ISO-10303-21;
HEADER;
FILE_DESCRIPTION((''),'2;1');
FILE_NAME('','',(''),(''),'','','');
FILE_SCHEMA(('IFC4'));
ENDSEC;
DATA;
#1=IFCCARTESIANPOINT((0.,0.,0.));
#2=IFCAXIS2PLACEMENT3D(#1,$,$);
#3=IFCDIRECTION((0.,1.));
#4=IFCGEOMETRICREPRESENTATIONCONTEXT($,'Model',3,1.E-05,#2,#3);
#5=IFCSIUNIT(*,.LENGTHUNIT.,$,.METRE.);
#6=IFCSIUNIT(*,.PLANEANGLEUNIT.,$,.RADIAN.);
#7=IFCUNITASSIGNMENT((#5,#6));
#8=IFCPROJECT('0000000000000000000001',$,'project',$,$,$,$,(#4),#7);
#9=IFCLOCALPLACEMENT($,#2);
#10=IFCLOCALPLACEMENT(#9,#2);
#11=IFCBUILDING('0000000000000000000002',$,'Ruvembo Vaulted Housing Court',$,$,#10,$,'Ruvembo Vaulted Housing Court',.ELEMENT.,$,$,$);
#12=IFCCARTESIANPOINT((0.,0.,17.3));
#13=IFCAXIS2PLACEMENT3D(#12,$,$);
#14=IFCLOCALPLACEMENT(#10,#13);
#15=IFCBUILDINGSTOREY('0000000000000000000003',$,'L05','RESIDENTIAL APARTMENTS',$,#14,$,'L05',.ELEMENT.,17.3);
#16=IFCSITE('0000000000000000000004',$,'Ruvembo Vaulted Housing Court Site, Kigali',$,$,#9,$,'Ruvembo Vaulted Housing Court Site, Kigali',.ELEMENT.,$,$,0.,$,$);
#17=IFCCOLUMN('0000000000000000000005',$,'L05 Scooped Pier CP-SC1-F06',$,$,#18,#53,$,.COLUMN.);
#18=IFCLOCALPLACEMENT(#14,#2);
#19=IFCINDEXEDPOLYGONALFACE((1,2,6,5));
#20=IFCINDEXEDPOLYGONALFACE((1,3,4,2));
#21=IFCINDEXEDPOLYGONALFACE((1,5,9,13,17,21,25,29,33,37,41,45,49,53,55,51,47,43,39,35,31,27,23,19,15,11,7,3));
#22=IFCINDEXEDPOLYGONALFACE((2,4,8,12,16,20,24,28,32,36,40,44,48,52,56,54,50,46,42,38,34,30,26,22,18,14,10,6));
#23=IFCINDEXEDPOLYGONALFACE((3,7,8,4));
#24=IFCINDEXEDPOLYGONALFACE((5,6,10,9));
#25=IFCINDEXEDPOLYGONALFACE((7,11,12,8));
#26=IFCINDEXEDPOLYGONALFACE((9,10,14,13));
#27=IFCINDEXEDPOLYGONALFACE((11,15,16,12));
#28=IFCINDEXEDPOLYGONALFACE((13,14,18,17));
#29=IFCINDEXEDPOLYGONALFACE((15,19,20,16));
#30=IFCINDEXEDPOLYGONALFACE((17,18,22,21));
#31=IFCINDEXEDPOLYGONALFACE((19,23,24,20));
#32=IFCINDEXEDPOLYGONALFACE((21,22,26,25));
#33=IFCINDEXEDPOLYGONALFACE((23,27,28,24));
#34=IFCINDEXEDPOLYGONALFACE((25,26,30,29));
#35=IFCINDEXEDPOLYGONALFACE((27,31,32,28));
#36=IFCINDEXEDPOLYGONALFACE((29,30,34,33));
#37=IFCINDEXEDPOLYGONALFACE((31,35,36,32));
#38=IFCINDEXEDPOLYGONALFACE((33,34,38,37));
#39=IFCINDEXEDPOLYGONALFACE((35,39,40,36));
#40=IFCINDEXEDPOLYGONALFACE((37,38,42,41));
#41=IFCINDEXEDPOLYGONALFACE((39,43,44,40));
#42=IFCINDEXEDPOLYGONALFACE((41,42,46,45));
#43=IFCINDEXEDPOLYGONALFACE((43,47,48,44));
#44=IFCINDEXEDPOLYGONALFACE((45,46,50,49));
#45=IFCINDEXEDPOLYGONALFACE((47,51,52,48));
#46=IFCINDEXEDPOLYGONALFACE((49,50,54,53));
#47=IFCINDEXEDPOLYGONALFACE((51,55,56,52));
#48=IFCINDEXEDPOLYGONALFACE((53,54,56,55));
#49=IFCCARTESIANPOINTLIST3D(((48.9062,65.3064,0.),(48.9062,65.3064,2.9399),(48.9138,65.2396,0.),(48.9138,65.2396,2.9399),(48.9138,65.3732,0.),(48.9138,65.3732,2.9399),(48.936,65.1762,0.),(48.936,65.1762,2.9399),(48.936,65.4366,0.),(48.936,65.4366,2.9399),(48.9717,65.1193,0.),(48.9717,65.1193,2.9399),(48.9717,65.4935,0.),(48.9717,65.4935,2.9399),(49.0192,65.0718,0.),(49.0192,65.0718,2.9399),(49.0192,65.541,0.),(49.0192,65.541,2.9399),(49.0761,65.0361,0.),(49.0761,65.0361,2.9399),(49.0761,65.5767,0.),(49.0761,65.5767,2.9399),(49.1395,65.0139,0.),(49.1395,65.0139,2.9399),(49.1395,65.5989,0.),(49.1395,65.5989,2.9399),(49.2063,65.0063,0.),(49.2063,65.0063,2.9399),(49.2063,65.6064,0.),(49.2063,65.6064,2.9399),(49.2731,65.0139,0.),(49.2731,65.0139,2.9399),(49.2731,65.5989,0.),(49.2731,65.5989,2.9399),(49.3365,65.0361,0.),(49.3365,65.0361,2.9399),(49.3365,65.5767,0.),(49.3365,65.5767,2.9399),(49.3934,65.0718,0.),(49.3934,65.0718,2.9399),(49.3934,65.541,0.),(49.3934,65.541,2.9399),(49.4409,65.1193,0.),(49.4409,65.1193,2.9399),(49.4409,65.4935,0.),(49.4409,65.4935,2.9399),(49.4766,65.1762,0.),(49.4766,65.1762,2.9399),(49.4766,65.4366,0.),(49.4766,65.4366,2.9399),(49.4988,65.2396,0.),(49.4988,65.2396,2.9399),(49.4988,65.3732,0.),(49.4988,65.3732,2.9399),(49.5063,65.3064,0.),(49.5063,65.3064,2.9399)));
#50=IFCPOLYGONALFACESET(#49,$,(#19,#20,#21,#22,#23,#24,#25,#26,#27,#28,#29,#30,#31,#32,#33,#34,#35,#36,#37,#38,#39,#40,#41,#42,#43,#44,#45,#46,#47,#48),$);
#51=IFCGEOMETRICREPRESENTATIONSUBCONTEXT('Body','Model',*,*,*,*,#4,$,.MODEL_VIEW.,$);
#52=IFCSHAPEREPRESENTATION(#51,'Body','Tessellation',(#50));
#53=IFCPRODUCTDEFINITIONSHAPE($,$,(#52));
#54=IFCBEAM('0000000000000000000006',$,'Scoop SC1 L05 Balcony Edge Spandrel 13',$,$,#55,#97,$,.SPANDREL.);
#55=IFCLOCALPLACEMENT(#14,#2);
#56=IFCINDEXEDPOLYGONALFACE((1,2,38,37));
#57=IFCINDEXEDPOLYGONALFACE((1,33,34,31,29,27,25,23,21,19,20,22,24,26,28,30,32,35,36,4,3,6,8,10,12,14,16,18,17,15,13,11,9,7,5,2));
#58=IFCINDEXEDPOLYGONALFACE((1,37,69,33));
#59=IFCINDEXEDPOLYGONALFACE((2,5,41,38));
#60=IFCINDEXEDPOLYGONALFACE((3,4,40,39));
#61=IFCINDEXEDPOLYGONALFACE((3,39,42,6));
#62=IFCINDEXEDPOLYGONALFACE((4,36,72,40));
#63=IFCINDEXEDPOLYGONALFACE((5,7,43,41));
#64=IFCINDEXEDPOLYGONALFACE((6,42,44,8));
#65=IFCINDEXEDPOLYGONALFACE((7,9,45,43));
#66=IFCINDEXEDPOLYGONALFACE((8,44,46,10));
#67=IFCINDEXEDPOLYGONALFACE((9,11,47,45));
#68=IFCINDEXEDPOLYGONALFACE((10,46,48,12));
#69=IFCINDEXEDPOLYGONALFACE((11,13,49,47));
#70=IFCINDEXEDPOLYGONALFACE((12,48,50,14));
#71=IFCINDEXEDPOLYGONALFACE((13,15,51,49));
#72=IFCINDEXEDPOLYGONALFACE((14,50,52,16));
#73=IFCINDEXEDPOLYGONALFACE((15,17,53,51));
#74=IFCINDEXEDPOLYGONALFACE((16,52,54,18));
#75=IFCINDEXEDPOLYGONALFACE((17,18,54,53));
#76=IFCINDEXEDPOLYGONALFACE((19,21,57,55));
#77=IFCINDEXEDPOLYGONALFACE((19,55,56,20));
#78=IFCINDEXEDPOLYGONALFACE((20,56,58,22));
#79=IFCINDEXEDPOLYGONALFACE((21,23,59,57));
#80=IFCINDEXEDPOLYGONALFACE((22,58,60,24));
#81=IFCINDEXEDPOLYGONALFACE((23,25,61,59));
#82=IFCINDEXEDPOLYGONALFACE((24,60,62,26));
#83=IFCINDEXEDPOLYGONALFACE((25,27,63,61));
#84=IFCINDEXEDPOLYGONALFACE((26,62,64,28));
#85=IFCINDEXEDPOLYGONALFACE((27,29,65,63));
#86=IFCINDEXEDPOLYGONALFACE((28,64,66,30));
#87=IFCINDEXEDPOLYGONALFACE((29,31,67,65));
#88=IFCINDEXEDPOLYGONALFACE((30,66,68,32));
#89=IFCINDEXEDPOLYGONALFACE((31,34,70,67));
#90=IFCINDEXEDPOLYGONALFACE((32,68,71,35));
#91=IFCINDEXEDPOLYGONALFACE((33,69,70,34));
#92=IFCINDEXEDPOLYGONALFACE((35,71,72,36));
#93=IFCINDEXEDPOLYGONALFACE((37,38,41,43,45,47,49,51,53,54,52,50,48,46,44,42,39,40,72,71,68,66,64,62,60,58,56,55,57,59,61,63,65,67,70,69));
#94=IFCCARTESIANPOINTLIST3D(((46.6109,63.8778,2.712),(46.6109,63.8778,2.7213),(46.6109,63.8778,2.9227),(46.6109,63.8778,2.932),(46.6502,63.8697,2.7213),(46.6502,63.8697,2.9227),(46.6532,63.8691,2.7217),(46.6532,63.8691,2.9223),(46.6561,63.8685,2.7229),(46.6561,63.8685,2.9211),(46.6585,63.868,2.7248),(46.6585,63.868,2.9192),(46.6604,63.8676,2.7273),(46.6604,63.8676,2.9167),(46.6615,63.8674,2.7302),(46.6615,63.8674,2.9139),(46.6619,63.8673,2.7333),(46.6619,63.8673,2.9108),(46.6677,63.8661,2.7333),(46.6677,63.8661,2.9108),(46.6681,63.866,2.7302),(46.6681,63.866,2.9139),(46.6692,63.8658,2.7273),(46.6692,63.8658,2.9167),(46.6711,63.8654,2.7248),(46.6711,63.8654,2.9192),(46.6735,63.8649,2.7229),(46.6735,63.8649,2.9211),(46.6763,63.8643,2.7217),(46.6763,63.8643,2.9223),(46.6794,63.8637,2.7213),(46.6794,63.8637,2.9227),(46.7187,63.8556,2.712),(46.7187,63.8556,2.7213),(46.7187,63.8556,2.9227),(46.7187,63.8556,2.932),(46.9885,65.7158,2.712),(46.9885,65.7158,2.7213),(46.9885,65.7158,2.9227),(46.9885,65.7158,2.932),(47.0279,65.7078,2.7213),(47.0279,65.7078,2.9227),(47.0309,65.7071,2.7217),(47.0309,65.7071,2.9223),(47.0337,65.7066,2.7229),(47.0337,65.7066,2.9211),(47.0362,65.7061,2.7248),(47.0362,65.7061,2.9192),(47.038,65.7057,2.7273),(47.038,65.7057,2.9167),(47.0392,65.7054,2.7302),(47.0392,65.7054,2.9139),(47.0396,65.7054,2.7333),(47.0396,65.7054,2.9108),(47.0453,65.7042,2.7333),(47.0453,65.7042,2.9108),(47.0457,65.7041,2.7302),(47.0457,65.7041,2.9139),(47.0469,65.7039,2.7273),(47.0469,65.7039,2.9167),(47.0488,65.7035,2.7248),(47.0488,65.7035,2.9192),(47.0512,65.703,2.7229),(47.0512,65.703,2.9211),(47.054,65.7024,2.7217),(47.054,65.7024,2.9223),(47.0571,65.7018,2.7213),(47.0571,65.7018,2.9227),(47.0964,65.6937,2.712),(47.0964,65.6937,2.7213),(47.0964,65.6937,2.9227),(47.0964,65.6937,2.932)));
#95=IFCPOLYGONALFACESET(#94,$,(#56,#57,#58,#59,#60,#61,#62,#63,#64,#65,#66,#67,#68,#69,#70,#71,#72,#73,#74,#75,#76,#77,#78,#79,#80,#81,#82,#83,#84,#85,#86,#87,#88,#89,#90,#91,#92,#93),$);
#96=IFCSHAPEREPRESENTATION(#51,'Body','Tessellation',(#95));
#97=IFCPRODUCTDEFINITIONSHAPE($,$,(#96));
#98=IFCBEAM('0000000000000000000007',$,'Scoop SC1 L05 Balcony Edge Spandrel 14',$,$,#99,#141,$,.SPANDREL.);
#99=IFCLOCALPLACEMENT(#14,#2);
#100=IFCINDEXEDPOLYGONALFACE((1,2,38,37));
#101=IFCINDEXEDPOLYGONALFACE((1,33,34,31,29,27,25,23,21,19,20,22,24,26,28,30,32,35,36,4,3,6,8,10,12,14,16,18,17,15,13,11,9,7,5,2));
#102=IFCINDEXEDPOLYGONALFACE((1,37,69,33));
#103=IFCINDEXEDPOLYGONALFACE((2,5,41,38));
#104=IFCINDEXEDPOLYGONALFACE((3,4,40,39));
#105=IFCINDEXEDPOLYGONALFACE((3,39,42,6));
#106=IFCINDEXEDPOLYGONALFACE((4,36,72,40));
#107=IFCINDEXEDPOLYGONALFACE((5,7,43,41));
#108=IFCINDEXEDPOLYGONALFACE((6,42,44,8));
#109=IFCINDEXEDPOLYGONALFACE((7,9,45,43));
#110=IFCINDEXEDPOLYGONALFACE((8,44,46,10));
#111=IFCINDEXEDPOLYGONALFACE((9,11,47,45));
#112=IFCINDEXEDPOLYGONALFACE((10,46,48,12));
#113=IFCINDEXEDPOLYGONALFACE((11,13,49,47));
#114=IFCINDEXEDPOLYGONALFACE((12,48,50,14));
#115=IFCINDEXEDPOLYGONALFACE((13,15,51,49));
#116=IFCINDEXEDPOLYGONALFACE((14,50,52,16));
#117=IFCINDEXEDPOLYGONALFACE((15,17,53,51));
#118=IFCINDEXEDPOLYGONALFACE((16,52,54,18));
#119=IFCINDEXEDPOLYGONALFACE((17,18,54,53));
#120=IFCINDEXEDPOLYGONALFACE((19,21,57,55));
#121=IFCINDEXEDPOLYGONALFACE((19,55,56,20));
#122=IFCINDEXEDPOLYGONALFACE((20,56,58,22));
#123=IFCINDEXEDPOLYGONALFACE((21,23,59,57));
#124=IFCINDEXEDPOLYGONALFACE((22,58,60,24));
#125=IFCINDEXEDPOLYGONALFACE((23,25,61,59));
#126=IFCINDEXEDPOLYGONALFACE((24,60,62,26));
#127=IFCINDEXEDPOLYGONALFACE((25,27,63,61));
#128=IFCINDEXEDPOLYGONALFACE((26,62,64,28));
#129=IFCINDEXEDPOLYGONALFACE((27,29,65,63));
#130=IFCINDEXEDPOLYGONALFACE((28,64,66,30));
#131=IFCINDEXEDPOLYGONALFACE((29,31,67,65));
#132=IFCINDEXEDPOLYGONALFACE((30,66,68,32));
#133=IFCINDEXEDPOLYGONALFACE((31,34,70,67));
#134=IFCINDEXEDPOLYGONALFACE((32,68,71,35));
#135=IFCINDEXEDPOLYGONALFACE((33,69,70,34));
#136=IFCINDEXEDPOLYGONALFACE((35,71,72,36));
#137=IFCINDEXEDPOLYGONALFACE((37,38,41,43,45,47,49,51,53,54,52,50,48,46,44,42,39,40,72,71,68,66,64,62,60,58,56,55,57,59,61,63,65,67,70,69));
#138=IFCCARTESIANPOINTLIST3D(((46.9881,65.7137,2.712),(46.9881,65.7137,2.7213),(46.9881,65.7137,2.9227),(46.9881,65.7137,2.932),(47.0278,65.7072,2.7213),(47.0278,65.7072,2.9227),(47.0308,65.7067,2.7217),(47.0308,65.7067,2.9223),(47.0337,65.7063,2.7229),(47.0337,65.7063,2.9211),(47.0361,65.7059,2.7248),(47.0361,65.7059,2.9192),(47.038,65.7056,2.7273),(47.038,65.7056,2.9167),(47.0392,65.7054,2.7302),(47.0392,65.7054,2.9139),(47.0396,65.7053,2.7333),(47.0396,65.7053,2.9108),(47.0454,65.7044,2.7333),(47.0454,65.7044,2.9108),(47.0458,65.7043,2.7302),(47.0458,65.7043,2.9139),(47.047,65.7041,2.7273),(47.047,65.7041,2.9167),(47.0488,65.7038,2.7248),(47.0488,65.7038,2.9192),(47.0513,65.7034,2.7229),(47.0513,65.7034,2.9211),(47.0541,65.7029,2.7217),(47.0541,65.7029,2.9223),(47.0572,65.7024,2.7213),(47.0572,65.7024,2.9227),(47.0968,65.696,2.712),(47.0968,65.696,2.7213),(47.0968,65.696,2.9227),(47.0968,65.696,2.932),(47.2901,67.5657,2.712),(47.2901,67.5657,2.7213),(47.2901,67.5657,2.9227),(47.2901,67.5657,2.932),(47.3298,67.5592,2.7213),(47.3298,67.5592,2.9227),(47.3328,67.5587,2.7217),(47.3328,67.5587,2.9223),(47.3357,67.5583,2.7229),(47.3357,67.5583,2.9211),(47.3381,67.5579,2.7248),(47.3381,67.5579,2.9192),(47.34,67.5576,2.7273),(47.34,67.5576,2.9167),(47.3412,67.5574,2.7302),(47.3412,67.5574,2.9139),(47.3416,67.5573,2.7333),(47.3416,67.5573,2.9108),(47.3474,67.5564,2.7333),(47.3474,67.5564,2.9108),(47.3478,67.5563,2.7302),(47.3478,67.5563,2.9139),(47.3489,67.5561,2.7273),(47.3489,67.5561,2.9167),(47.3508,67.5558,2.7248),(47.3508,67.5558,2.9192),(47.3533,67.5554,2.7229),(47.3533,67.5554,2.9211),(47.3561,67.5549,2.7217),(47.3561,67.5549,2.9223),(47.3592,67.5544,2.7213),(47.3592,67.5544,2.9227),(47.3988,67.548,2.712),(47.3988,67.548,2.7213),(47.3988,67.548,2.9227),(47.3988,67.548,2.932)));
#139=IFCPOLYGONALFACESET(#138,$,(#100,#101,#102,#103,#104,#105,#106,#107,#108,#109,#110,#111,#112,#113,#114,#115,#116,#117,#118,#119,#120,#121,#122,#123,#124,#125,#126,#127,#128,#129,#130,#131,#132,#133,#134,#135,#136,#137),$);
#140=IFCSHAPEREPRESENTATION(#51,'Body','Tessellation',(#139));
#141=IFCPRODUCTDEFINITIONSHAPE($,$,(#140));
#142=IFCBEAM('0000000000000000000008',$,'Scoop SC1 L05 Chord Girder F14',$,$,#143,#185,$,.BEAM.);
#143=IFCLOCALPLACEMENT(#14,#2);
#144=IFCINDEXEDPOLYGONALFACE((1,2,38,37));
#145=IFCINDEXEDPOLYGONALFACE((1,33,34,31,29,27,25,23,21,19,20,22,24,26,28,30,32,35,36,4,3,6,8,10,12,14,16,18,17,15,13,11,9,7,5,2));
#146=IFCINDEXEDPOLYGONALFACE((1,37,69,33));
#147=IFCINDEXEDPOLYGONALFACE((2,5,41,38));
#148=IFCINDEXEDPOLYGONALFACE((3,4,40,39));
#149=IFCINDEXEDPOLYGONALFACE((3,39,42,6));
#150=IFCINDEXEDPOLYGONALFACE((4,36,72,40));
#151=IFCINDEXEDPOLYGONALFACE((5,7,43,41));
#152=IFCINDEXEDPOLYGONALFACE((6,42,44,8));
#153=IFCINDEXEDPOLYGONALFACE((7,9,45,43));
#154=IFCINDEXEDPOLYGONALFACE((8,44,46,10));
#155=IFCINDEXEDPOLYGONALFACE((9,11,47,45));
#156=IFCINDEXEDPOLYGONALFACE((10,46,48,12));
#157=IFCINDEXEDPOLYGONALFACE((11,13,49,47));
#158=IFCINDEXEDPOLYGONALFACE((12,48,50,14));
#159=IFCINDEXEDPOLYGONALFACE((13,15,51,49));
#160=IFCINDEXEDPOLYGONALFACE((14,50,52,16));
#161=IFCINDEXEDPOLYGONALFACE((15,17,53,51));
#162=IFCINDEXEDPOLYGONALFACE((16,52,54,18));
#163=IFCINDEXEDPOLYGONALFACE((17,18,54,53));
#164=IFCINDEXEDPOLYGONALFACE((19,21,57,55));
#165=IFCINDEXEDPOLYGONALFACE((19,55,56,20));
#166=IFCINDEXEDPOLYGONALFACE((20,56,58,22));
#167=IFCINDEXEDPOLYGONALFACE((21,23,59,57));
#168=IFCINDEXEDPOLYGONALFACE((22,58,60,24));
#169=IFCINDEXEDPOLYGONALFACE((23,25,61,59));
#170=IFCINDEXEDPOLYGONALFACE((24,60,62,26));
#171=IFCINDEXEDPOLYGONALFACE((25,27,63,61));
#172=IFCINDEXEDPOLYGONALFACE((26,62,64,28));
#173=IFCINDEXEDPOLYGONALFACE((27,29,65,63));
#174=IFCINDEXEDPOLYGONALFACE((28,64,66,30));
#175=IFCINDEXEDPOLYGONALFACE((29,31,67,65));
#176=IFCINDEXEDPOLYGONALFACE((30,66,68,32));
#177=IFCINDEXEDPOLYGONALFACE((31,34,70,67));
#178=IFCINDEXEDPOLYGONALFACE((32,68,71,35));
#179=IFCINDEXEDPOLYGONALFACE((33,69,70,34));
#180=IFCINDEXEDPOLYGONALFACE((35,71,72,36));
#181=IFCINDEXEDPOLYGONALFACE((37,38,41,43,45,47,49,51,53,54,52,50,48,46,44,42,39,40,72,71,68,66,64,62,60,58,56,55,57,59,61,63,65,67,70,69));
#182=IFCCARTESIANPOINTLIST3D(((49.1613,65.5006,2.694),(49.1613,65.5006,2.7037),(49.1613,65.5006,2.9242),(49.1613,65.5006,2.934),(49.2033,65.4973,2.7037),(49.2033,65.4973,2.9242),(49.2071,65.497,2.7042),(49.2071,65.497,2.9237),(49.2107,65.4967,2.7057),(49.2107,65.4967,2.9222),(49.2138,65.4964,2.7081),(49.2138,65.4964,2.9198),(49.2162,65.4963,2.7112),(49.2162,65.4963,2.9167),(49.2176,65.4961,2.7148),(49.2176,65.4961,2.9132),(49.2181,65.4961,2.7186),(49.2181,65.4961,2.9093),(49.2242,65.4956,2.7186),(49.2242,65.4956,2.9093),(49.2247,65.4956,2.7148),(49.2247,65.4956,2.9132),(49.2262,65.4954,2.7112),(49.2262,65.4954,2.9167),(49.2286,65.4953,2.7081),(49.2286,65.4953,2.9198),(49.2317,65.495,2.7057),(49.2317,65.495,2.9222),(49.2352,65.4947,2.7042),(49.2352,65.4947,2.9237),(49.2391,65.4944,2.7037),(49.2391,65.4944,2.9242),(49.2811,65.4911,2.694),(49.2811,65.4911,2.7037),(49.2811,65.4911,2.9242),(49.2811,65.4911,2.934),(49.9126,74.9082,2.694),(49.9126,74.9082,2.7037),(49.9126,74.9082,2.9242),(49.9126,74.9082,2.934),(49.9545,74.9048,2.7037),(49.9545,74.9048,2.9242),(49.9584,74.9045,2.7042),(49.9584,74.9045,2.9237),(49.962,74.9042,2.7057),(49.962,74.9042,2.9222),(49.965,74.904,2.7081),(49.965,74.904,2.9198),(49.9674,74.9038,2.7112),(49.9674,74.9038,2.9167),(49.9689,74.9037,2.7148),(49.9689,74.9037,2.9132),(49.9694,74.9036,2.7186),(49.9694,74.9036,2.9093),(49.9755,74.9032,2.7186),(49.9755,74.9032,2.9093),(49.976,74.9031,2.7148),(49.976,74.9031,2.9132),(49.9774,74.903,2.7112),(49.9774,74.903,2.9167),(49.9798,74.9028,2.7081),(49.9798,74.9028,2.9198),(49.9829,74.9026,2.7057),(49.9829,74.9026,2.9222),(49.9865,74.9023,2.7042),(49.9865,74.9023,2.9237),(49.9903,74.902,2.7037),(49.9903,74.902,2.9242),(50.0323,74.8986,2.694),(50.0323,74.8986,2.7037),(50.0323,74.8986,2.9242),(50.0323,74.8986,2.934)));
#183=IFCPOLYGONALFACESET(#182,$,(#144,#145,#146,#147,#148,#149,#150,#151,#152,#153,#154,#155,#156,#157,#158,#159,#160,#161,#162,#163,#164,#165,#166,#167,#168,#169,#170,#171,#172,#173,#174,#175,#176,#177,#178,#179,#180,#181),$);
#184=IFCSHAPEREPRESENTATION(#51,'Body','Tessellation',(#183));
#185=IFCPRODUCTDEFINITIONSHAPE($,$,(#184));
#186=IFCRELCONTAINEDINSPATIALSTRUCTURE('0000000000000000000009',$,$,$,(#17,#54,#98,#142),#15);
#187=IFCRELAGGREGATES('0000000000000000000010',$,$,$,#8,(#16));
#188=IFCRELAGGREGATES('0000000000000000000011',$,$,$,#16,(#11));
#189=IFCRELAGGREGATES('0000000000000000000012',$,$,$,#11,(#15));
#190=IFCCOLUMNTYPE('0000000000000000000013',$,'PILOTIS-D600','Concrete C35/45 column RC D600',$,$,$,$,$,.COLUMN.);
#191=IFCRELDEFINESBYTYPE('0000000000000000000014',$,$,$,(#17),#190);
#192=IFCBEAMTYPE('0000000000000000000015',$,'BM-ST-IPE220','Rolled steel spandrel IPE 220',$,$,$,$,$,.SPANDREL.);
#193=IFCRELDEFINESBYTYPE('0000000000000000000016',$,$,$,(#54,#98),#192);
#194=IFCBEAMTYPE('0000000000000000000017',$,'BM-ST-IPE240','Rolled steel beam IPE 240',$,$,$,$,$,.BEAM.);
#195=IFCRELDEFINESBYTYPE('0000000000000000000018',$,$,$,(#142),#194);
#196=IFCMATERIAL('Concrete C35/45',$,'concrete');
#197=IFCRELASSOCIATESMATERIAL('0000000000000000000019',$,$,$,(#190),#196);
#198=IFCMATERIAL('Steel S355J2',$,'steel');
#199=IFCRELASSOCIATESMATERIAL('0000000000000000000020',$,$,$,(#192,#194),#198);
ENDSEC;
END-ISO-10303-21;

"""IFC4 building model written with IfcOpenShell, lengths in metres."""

from ifc_helpers import new_model, si_unit, direction, frame, origin, origin_2d, place, context, subcontext, project, spatial, circle, i_section, extrude, material, material_profile, profile_set, type_object, element, save


model = new_model("IFC4")

# Units and contexts
model_context = context("Model", 3, precision=1e-05, world=origin(), true_north=direction((0.0, 1.0)))
body_context = subcontext(model_context, "Body", "Model", "MODEL_VIEW")
ifc_project = project(units=[si_unit("LENGTHUNIT", "METRE"), si_unit("PLANEANGLEUNIT", "RADIAN")], contexts=[model_context])

# Site, building, storey
site_placement = place(None, origin())
site = spatial("IfcSite", under=ifc_project, at=site_placement, Name="Ruvembo Vaulted Housing Court Site, Kigali", LongName="Ruvembo Vaulted Housing Court Site, Kigali", CompositionType="ELEMENT", RefElevation=0.0)
building_placement = place(site_placement, origin())
building = spatial("IfcBuilding", under=site, at=building_placement, Name="Ruvembo Vaulted Housing Court", LongName="Ruvembo Vaulted Housing Court", CompositionType="ELEMENT")
storey_placement = place(building_placement, frame((0.0, 0.0, 17.3)))
storey = spatial("IfcBuildingStorey", under=building, at=storey_placement, Name="L05", Description="RESIDENTIAL APARTMENTS", LongName="L05", CompositionType="ELEMENT", Elevation=17.3)

# Column
ifc_material_1 = material(Name="Concrete C35/45", Category="concrete")
ifc_material_profile_1 = material_profile(ifc_material_1, circle(Radius=0.3, at=origin_2d()), Name="RC D600")
ifc_profile_set_1 = profile_set([ifc_material_profile_1], Name="Concrete C35/45")
column_type = type_object("IfcColumnType", Name="PILOTIS-D600", Description="Concrete C35/45 column RC D600", PredefinedType="COLUMN", material=ifc_profile_set_1)
column_placement = place(storey_placement, frame((49.2063, 65.3064, 0.0), z_axis=(0.0, 0.0, 1.0), x_axis=(1.0, 0.0, 0.0)))
element("IfcColumn", 1, at=column_placement, inside=storey, type_object=column_type, Name="L05 Scooped Pier CP-SC1-F06", PredefinedType="COLUMN", context=body_context, shape_type="SweptSolid", body=[
    extrude(circle(Radius=0.3, at=origin_2d()), origin(), (0.0, 0.0, 1.0), 2.9399),
])

# Beams
ifc_material_2 = material(Name="Steel S355J2", Category="steel")
ifc_material_profile_2 = material_profile(ifc_material_2, i_section(OverallWidth=0.1101, OverallDepth=0.22, WebThickness=0.0059, FlangeThickness=0.0093, FilletRadius=0.012, at=origin_2d()), Name="IPE 220")
ifc_profile_set_2 = profile_set([ifc_material_profile_2], Name="Steel S355J2")
beam_type_1 = type_object("IfcBeamType", Name="BM-ST-IPE220", Description="Rolled steel spandrel IPE 220", PredefinedType="SPANDREL", material=ifc_profile_set_2)
for number, where, z_axis, x_axis, name in (
    (2, (46.6648, 63.8667, 2.822), (0.201267, 0.979536, 0.0), (-0.979536, 0.201267, 0.0), "Scoop SC1 L05 Balcony Edge Spandrel 13"),
    (3, (47.0425, 65.7048, 2.822), (0.160938, 0.986965, 0.0), (-0.986965, 0.160938, 0.0), "Scoop SC1 L05 Balcony Edge Spandrel 14"),
):
    element("IfcBeam", number, at=place(storey_placement, frame(where, z_axis=z_axis, x_axis=x_axis)), inside=storey, type_object=beam_type_1, Name=name, PredefinedType="SPANDREL", context=body_context, shape_type="SweptSolid", body=[
        extrude(i_section(OverallWidth=0.1101, OverallDepth=0.22, WebThickness=0.0059, FlangeThickness=0.0093, FilletRadius=0.012, at=origin_2d()), origin(), (0.0, 0.0, 1.0), 1.8765),
    ])
ifc_material_profile_3 = material_profile(ifc_material_2, i_section(OverallWidth=0.1201, OverallDepth=0.24, WebThickness=0.0061, FlangeThickness=0.0098, FilletRadius=0.0149, at=origin_2d()), Name="IPE 240")
ifc_profile_set_3 = profile_set([ifc_material_profile_3], Name="Steel S355J2")
beam_type_2 = type_object("IfcBeamType", Name="BM-ST-IPE240", Description="Rolled steel beam IPE 240", PredefinedType="BEAM", material=ifc_profile_set_3)
beam_placement = place(storey_placement, frame((49.2212, 65.4958, 2.814), z_axis=(0.0796, 0.996827, 0.0), x_axis=(-0.996827, 0.0796, 0.0)))
element("IfcBeam", 4, at=beam_placement, inside=storey, type_object=beam_type_2, Name="Scoop SC1 L05 Chord Girder F14", PredefinedType="BEAM", context=body_context, shape_type="SweptSolid", body=[
    extrude(i_section(OverallWidth=0.1201, OverallDepth=0.24, WebThickness=0.0061, FlangeThickness=0.0098, FilletRadius=0.0149, at=origin_2d()), origin(), (0.0, 0.0, 1.0), 9.4375),
])

save(model, "model.ifc")
